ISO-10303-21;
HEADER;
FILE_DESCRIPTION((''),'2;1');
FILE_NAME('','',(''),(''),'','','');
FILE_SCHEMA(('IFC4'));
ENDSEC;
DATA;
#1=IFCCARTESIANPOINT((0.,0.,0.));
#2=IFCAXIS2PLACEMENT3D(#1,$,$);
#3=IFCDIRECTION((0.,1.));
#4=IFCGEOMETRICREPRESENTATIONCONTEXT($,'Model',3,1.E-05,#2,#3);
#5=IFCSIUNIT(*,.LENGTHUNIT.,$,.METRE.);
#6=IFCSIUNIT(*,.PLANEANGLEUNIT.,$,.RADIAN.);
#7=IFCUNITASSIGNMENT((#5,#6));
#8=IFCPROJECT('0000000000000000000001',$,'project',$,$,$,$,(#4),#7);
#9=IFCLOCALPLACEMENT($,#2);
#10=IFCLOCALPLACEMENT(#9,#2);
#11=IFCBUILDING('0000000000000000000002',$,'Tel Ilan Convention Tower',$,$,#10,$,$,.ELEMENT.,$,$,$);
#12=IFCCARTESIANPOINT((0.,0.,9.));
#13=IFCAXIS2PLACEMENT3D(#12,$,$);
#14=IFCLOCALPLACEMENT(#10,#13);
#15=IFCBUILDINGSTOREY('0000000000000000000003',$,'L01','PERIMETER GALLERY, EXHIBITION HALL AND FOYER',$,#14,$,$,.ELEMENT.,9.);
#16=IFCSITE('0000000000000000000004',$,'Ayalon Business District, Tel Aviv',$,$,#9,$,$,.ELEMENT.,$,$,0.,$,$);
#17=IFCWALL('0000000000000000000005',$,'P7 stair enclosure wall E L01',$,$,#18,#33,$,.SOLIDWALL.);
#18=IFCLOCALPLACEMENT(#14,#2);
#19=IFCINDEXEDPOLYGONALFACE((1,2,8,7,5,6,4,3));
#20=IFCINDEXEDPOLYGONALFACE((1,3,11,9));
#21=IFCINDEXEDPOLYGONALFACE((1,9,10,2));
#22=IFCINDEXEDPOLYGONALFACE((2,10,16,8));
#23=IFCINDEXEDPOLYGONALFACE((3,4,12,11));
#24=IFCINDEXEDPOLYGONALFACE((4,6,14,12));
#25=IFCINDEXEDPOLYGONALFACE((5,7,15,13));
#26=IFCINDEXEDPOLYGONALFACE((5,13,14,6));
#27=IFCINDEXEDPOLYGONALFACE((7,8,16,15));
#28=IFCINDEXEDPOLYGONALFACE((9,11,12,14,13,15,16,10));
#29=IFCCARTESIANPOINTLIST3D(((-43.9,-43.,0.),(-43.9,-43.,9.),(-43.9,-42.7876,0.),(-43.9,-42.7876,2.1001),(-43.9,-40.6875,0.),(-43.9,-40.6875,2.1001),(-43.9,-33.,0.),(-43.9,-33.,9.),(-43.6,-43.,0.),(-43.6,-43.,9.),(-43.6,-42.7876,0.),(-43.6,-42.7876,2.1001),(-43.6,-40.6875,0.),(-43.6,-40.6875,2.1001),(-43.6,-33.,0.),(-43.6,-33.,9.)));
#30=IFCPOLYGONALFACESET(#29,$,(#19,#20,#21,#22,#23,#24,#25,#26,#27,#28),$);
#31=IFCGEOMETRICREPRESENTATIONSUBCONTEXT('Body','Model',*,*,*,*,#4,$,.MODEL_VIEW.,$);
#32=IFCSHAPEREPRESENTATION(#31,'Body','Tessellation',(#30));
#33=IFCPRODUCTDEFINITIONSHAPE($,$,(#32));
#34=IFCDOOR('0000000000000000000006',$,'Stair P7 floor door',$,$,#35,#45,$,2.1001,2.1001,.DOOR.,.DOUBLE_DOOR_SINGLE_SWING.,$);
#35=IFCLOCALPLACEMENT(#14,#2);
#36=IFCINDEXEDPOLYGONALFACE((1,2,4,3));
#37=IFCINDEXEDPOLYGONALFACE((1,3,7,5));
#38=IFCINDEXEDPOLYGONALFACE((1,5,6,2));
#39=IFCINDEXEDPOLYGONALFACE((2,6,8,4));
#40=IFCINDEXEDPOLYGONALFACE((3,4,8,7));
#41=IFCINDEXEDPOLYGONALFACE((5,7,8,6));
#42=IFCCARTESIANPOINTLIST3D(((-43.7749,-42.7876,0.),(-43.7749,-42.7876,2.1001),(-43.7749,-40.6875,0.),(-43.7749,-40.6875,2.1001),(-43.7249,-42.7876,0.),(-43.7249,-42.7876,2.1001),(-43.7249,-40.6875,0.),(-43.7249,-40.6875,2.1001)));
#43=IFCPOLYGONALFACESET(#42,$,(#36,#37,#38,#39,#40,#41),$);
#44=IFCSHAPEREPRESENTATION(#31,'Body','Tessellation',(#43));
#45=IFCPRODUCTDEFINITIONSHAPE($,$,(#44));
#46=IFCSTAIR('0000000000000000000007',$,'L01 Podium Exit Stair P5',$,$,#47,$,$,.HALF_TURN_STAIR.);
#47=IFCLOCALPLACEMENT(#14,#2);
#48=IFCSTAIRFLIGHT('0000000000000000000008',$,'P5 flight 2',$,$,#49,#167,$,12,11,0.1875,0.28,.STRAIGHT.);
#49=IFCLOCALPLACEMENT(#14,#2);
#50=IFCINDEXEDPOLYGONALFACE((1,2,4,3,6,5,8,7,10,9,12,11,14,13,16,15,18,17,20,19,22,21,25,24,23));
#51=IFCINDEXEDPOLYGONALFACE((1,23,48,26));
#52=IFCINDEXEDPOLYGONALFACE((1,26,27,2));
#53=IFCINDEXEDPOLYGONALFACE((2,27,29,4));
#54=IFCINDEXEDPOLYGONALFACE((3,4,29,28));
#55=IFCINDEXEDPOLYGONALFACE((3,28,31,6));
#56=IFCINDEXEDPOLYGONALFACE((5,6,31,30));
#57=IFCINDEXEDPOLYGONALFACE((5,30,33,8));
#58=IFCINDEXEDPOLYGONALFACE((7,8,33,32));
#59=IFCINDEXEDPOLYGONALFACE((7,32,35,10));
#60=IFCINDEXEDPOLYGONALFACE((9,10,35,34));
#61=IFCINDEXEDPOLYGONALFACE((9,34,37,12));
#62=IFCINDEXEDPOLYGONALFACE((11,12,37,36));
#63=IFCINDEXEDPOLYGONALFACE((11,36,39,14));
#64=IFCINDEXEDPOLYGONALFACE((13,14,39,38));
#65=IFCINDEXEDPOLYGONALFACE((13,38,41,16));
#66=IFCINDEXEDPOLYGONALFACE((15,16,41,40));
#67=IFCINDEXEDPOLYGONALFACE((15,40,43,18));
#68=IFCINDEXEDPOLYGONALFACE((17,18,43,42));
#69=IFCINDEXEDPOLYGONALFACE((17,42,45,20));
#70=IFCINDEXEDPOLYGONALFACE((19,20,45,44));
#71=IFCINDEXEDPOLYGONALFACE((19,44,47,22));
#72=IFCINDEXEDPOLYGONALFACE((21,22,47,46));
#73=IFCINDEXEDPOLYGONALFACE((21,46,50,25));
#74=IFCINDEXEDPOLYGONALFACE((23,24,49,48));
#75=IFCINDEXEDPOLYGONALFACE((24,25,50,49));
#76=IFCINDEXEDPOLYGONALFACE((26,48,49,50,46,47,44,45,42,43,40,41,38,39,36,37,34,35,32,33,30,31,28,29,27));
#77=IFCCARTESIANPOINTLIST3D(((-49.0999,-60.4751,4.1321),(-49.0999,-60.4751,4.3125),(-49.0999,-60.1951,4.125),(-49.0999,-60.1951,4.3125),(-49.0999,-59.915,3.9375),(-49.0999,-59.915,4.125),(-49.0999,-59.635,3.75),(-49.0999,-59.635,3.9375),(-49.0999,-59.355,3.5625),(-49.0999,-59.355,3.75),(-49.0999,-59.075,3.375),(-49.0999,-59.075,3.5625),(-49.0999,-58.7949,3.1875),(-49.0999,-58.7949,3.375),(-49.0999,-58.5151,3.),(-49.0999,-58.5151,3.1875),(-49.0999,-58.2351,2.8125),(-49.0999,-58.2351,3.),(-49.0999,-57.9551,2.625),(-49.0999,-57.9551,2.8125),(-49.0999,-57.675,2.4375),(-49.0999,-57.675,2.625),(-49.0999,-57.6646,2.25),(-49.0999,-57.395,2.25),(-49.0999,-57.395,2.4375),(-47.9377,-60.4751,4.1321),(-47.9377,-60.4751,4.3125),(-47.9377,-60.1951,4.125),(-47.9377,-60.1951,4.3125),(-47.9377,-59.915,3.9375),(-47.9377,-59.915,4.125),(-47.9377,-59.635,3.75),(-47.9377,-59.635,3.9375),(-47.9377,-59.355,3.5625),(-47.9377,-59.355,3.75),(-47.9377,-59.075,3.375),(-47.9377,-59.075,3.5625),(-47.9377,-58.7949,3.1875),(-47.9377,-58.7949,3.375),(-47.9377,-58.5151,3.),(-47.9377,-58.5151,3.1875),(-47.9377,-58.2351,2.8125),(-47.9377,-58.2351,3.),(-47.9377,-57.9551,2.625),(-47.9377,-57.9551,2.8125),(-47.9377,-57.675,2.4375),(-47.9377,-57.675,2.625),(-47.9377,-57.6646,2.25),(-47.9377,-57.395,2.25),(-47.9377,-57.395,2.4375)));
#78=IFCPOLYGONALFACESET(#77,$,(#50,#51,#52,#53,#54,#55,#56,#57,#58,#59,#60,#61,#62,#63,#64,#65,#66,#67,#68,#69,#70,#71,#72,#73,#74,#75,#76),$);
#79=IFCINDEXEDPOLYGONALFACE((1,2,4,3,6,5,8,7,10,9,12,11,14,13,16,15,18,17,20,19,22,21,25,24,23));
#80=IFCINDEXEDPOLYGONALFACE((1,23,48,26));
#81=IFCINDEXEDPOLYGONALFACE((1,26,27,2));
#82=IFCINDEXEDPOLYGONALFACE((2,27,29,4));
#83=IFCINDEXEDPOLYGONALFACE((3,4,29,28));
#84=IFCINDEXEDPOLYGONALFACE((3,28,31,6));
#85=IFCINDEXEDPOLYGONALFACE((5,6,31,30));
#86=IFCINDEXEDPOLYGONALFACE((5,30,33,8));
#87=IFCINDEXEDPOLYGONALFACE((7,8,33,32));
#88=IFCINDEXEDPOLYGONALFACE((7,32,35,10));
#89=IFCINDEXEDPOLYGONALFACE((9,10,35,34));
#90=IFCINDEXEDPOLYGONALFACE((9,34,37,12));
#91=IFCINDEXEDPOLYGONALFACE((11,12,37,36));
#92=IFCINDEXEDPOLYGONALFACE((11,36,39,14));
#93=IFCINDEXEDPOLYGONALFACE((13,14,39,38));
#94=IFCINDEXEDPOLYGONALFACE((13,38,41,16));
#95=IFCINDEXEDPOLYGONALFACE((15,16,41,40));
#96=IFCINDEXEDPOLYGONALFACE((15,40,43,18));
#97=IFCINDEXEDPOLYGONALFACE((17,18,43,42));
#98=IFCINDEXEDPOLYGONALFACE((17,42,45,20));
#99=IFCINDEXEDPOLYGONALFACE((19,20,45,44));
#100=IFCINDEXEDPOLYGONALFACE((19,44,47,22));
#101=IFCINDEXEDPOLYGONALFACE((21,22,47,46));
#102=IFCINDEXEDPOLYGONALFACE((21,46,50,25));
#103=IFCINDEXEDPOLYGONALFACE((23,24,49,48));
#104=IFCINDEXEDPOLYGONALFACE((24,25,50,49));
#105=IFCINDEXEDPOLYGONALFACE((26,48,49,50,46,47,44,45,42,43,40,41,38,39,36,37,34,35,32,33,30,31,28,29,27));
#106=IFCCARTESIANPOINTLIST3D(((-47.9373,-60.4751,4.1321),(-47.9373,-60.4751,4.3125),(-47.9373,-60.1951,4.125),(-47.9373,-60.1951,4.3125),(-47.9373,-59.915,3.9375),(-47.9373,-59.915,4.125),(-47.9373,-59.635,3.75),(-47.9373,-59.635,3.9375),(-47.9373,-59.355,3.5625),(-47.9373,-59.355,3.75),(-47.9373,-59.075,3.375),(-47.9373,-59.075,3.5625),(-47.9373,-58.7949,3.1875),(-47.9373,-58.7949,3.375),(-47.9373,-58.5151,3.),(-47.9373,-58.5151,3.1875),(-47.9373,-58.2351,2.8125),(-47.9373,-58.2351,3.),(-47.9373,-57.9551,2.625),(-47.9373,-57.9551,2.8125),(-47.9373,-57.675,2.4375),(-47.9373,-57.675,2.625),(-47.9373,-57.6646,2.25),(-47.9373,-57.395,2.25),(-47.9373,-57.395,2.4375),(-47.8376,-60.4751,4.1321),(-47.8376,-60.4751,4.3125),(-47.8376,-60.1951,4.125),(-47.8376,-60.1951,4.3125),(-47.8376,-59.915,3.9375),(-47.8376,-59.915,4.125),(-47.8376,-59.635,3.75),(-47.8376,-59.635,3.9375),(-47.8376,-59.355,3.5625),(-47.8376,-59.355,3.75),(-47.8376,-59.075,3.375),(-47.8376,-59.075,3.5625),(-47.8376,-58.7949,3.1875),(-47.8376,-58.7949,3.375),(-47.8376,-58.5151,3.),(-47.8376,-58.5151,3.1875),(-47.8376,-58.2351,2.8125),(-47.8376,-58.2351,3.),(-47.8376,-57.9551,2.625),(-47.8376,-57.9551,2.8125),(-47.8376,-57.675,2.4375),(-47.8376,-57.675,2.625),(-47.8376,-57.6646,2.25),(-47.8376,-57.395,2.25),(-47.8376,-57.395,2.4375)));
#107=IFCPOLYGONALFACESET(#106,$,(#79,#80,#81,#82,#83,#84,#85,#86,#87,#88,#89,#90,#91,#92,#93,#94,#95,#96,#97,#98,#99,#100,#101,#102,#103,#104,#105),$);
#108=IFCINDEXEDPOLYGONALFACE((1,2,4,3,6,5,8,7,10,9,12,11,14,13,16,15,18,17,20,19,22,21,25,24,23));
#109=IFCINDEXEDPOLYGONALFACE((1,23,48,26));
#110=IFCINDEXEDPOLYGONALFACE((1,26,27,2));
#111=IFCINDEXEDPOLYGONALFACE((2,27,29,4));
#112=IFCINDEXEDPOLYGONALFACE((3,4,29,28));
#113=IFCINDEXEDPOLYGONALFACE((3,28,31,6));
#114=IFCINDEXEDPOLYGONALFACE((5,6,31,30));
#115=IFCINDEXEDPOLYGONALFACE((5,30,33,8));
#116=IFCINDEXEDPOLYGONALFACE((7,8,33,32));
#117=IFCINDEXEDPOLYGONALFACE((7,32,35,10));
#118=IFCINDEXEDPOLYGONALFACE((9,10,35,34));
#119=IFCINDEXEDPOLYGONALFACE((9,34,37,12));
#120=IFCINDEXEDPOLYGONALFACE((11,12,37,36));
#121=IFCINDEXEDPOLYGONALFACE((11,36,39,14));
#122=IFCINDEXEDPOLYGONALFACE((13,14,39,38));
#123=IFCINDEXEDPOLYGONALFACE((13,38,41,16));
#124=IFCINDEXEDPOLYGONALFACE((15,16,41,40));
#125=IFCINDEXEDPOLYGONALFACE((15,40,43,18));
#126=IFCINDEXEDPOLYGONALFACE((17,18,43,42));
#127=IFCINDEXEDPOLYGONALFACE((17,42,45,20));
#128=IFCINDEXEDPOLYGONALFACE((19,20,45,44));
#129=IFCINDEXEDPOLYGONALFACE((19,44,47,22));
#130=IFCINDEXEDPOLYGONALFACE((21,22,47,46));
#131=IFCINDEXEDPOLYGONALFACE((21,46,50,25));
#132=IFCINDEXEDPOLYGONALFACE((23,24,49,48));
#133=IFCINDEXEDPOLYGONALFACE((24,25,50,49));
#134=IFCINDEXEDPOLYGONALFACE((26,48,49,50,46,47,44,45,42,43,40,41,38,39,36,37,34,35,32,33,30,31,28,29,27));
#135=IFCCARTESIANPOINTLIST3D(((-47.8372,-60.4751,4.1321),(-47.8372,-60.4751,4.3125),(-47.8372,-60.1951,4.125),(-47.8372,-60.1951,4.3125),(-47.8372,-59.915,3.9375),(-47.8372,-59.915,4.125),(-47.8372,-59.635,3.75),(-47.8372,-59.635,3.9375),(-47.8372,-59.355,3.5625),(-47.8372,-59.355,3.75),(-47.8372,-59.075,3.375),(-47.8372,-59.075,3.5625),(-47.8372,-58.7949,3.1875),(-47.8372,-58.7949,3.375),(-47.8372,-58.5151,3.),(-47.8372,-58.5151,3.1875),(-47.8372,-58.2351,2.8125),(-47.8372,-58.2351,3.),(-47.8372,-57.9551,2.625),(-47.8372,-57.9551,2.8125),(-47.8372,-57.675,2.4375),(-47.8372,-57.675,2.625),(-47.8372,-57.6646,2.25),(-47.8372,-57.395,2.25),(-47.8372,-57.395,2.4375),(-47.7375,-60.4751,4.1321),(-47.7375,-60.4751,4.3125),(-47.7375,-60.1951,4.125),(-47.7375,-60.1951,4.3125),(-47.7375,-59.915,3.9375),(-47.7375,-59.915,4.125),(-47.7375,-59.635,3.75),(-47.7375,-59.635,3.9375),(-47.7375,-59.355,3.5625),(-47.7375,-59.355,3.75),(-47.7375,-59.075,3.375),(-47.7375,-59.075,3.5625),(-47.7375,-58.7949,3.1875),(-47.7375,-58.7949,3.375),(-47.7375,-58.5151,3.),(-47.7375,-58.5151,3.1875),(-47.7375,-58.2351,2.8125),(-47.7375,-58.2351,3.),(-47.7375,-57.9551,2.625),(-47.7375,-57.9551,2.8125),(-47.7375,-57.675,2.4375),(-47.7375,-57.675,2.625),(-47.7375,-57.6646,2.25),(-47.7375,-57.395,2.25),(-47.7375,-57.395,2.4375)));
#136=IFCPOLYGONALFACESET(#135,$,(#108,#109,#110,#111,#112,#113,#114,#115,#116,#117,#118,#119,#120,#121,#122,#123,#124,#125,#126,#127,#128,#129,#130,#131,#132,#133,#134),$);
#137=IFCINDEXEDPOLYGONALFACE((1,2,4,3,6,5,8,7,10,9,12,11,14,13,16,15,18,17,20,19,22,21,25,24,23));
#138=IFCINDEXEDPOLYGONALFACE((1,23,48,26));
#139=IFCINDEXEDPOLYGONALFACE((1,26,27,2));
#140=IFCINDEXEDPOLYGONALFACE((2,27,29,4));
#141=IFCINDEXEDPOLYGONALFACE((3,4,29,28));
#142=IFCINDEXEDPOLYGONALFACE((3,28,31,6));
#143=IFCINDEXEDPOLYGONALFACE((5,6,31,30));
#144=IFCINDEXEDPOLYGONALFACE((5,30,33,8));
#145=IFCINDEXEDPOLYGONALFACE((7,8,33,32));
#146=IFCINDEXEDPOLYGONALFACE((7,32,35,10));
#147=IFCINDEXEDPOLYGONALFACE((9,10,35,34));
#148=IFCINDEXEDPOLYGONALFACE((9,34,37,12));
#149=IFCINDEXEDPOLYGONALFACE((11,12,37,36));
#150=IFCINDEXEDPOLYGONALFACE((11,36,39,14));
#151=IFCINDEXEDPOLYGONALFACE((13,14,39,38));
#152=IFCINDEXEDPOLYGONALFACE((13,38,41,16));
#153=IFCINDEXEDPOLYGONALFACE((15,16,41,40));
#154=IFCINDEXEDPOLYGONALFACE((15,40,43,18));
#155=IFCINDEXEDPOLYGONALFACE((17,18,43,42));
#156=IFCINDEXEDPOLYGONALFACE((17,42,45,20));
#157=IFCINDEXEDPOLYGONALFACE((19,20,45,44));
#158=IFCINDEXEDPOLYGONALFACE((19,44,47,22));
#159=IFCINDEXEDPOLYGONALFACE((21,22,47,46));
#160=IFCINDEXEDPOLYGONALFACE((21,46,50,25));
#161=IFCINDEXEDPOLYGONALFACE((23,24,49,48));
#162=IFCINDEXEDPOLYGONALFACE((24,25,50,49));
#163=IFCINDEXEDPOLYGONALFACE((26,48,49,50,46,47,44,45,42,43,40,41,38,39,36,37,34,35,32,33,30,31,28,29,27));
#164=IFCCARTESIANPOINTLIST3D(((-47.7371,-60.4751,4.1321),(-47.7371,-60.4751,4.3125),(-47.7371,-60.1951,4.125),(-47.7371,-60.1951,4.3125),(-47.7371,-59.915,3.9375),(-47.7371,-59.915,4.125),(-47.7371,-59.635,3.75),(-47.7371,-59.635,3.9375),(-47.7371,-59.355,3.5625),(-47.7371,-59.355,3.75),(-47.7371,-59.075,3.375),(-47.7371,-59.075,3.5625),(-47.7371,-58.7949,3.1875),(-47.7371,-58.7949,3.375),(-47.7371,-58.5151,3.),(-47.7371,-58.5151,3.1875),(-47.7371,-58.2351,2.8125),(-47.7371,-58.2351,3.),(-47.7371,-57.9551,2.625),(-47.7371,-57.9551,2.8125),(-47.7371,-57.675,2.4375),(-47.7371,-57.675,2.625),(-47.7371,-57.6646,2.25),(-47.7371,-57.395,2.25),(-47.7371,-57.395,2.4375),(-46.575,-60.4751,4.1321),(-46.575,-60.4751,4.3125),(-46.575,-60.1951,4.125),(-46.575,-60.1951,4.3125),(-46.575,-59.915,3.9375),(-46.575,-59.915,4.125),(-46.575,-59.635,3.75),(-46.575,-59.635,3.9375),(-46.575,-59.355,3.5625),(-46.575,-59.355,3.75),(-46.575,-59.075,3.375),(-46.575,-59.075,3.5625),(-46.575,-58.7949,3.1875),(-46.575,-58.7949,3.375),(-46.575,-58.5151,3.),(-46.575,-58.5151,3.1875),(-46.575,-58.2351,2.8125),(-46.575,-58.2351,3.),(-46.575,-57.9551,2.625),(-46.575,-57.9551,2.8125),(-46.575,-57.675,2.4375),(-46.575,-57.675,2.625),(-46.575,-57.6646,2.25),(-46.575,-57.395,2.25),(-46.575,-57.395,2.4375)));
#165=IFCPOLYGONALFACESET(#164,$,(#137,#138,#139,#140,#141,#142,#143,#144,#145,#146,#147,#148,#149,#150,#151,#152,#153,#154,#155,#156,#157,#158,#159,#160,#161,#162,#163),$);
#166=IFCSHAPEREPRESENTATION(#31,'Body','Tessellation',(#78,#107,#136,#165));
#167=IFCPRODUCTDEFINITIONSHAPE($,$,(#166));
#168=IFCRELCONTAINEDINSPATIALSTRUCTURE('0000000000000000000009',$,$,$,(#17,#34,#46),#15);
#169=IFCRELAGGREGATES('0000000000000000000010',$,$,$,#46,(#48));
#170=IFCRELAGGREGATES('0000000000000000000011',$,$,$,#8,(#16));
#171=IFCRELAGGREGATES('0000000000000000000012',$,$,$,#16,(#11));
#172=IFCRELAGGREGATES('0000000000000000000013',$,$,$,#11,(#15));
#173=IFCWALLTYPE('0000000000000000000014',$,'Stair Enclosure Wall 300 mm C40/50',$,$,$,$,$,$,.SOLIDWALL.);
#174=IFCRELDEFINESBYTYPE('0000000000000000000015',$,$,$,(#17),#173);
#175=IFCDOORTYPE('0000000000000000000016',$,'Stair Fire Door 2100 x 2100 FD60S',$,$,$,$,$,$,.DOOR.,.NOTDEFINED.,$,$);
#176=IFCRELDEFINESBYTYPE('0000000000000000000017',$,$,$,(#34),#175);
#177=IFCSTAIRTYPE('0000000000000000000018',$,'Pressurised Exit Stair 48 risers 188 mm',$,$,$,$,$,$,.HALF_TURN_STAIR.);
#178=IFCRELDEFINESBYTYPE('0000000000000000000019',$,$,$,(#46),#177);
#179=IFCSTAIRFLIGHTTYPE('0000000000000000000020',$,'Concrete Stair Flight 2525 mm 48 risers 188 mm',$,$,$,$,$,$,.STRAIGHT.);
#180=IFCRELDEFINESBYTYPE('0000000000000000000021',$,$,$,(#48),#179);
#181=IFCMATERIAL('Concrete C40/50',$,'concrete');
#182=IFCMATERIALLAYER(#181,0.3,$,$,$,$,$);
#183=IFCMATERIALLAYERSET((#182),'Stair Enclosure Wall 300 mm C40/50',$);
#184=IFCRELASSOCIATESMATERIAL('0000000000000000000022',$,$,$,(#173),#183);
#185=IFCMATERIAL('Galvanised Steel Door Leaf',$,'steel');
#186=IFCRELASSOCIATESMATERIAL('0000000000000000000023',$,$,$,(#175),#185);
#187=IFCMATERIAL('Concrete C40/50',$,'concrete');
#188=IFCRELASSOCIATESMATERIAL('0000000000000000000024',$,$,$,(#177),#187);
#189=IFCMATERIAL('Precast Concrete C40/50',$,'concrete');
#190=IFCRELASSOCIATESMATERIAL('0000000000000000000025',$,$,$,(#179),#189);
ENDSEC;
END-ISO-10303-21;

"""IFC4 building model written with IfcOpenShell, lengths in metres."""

from ifc_helpers import new_model, si_unit, direction, frame, frame_2d, origin, place, context, subcontext, project, spatial, polyline, rectangle, outline, extrude, material, layer, layer_set, type_object, element, fill, aggregate, save


model = new_model("IFC4")

# Units and contexts
model_context = context("Model", 3, precision=1e-05, world=origin(), true_north=direction((0.0, 1.0)))
body_context = subcontext(model_context, "Body", "Model", "MODEL_VIEW")
ifc_project = project(units=[si_unit("LENGTHUNIT", "METRE"), si_unit("PLANEANGLEUNIT", "RADIAN")], contexts=[model_context])

# Site, building, storey
site_placement = place(None, origin())
site = spatial("IfcSite", under=ifc_project, at=site_placement, Name="Ayalon Business District, Tel Aviv", CompositionType="ELEMENT", RefElevation=0.0)
building_placement = place(site_placement, origin())
building = spatial("IfcBuilding", under=site, at=building_placement, Name="Tel Ilan Convention Tower", CompositionType="ELEMENT")
storey_placement = place(building_placement, frame((0.0, 0.0, 9.0)))
storey = spatial("IfcBuildingStorey", under=building, at=storey_placement, Name="L01", Description="PERIMETER GALLERY, EXHIBITION HALL AND FOYER", CompositionType="ELEMENT", Elevation=9.0)

# Shared definitions
ifc_material_1 = material(Name="Concrete C40/50", Category="concrete")
ifc_layer = layer(ifc_material_1, 0.3)
ifc_layer_set = layer_set([ifc_layer], Name="Stair Enclosure Wall 300 mm C40/50")
wall_type = type_object("IfcWallType", Name="Stair Enclosure Wall 300 mm C40/50", PredefinedType="SOLIDWALL", material=ifc_layer_set)

# Wall, opening, door
wall_1_placement = place(storey_placement, frame((-43.75, -43.0, 0.0), z_axis=(0.0, 0.0, 1.0), x_axis=(0.0, 1.0, 0.0)))
wall_1 = element("IfcWall", 1, at=wall_1_placement, inside=storey, type_object=wall_type, Name="P7 stair enclosure wall E L01", PredefinedType="SOLIDWALL", context=body_context, shape_type="SweptSolid", body=[
    extrude(rectangle(XDim=10.0, YDim=0.3, at=frame_2d((5.0, 0.0))), origin(), (0.0, 0.0, 1.0), 9.0),
])
opening_placement = place(wall_1_placement, frame((0.2124, 0.0, 0.0)))
opening = element("IfcOpeningElement", 2, at=opening_placement, cuts=wall_1, PredefinedType="OPENING", context=body_context, shape_type="SweptSolid", body=[
    extrude(rectangle(XDim=2.1001, YDim=2.1001, at=frame_2d((1.05, 1.05))), frame((0.0, 0.1599, 0.0), z_axis=(0.0, -1.0, 0.0), x_axis=(1.0, 0.0, 0.0)), (0.0, 0.0, 1.0), 0.3201),
])
ifc_material_2 = material(Name="Galvanised Steel Door Leaf", Category="steel")
door_type = type_object("IfcDoorType", Name="Stair Fire Door 2100 x 2100 FD60S", OperationType="NOTDEFINED", PredefinedType="DOOR", material=ifc_material_2)
door_placement = place(opening_placement, origin())
door = element("IfcDoor", 3, at=door_placement, inside=storey, type_object=door_type, Name="Stair P7 floor door", OperationType="DOUBLE_DOOR_SINGLE_SWING", OverallHeight=2.1001, OverallWidth=2.1001, PredefinedType="DOOR", context=body_context, shape_type="SweptSolid", body=[
    extrude(rectangle(XDim=2.1001, YDim=2.1001, at=frame_2d((1.05, 1.05))), frame((0.0, 0.0249, 0.0), z_axis=(0.0, -1.0, 0.0), x_axis=(1.0, 0.0, 0.0)), (0.0, 0.0, 1.0), 0.05),
])
fill(opening, door)

# Stair, stair flight
ifc_material_3 = material(Name="Concrete C40/50", Category="concrete")
stair_type = type_object("IfcStairType", Name="Pressurised Exit Stair 48 risers 188 mm", PredefinedType="HALF_TURN_STAIR", material=ifc_material_3)
stair_1_placement = place(storey_placement, origin())
stair_1 = element("IfcStair", 4, at=stair_1_placement, inside=storey, type_object=stair_type, Name="L01 Podium Exit Stair P5", PredefinedType="HALF_TURN_STAIR")
ifc_material_4 = material(Name="Precast Concrete C40/50", Category="concrete")
stair_flight_type = type_object("IfcStairFlightType", Name="Concrete Stair Flight 2525 mm 48 risers 188 mm", PredefinedType="STRAIGHT", material=ifc_material_4)
stair_flight_1_placement = place(storey_placement, frame((-47.8374, -57.395, 2.25), z_axis=(0.0, 0.0, 1.0), x_axis=(0.0, -1.0, 0.0)))
stair_flight_1 = element("IfcStairFlight", 5, at=stair_flight_1_placement, type_object=stair_flight_type, Name="P5 flight 2", NumberOfRisers=12, NumberOfTreads=11, PredefinedType="STRAIGHT", RiserHeight=0.1875, TreadLength=0.28, context=body_context, shape_type="SweptSolid", body=[
    extrude(outline(polyline([(0.0, 0.0), (0.0, 0.1875), (0.28, 0.1875), (0.28, 0.375), (0.5601, 0.375), (0.5601, 0.5625), (0.8401, 0.5625), (0.8401, 0.75), (1.1201, 0.75), (1.1201, 0.9375), (1.3999, 0.9375), (1.3999, 1.125), (1.6799, 1.125), (1.6799, 1.3125), (1.96, 1.3125), (1.96, 1.5), (2.24, 1.5), (2.24, 1.6875), (2.52, 1.6875), (2.52, 1.875), (2.8, 1.875), (2.8, 2.0625), (3.0801, 2.0625), (3.0801, 2.25), (3.0801, 1.8821), (0.2695, 0.0), (0.0, 0.0)])), frame((0.0, -0.1003, 0.0), z_axis=(0.0, -1.0, 0.0), x_axis=(1.0, 0.0, 0.0)), (0.0, 0.0, 1.0), 1.1621),
    extrude(outline(polyline([(0.0, 0.0), (0.0, 0.1875), (0.28, 0.1875), (0.28, 0.375), (0.5601, 0.375), (0.5601, 0.5625), (0.8401, 0.5625), (0.8401, 0.75), (1.1201, 0.75), (1.1201, 0.9375), (1.3999, 0.9375), (1.3999, 1.125), (1.6799, 1.125), (1.6799, 1.3125), (1.96, 1.3125), (1.96, 1.5), (2.24, 1.5), (2.24, 1.6875), (2.52, 1.6875), (2.52, 1.875), (2.8, 1.875), (2.8, 2.0625), (3.0801, 2.0625), (3.0801, 2.25), (3.0801, 1.8821), (0.2695, 0.0), (0.0, 0.0)])), frame((0.0, -0.0002, 0.0), z_axis=(0.0, -1.0, 0.0), x_axis=(1.0, 0.0, 0.0)), (0.0, 0.0, 1.0), 0.0996),
    extrude(outline(polyline([(0.0, 0.0), (0.0, 0.1875), (0.28, 0.1875), (0.28, 0.375), (0.5601, 0.375), (0.5601, 0.5625), (0.8401, 0.5625), (0.8401, 0.75), (1.1201, 0.75), (1.1201, 0.9375), (1.3999, 0.9375), (1.3999, 1.125), (1.6799, 1.125), (1.6799, 1.3125), (1.96, 1.3125), (1.96, 1.5), (2.24, 1.5), (2.24, 1.6875), (2.52, 1.6875), (2.52, 1.875), (2.8, 1.875), (2.8, 2.0625), (3.0801, 2.0625), (3.0801, 2.25), (3.0801, 1.8821), (0.2695, 0.0), (0.0, 0.0)])), frame((0.0, 0.0999, 0.0), z_axis=(0.0, -1.0, 0.0), x_axis=(1.0, 0.0, 0.0)), (0.0, 0.0, 1.0), 0.0996),
    extrude(outline(polyline([(0.0, 0.0), (0.0, 0.1875), (0.28, 0.1875), (0.28, 0.375), (0.5601, 0.375), (0.5601, 0.5625), (0.8401, 0.5625), (0.8401, 0.75), (1.1201, 0.75), (1.1201, 0.9375), (1.3999, 0.9375), (1.3999, 1.125), (1.6799, 1.125), (1.6799, 1.3125), (1.96, 1.3125), (1.96, 1.5), (2.24, 1.5), (2.24, 1.6875), (2.52, 1.6875), (2.52, 1.875), (2.8, 1.875), (2.8, 2.0625), (3.0801, 2.0625), (3.0801, 2.25), (3.0801, 1.8821), (0.2695, 0.0), (0.0, 0.0)])), frame((0.0, 1.2625, 0.0), z_axis=(0.0, -1.0, 0.0), x_axis=(1.0, 0.0, 0.0)), (0.0, 0.0, 1.0), 1.1621),
])
aggregate(stair_1, [stair_flight_1])

save(model, "model.ifc")
